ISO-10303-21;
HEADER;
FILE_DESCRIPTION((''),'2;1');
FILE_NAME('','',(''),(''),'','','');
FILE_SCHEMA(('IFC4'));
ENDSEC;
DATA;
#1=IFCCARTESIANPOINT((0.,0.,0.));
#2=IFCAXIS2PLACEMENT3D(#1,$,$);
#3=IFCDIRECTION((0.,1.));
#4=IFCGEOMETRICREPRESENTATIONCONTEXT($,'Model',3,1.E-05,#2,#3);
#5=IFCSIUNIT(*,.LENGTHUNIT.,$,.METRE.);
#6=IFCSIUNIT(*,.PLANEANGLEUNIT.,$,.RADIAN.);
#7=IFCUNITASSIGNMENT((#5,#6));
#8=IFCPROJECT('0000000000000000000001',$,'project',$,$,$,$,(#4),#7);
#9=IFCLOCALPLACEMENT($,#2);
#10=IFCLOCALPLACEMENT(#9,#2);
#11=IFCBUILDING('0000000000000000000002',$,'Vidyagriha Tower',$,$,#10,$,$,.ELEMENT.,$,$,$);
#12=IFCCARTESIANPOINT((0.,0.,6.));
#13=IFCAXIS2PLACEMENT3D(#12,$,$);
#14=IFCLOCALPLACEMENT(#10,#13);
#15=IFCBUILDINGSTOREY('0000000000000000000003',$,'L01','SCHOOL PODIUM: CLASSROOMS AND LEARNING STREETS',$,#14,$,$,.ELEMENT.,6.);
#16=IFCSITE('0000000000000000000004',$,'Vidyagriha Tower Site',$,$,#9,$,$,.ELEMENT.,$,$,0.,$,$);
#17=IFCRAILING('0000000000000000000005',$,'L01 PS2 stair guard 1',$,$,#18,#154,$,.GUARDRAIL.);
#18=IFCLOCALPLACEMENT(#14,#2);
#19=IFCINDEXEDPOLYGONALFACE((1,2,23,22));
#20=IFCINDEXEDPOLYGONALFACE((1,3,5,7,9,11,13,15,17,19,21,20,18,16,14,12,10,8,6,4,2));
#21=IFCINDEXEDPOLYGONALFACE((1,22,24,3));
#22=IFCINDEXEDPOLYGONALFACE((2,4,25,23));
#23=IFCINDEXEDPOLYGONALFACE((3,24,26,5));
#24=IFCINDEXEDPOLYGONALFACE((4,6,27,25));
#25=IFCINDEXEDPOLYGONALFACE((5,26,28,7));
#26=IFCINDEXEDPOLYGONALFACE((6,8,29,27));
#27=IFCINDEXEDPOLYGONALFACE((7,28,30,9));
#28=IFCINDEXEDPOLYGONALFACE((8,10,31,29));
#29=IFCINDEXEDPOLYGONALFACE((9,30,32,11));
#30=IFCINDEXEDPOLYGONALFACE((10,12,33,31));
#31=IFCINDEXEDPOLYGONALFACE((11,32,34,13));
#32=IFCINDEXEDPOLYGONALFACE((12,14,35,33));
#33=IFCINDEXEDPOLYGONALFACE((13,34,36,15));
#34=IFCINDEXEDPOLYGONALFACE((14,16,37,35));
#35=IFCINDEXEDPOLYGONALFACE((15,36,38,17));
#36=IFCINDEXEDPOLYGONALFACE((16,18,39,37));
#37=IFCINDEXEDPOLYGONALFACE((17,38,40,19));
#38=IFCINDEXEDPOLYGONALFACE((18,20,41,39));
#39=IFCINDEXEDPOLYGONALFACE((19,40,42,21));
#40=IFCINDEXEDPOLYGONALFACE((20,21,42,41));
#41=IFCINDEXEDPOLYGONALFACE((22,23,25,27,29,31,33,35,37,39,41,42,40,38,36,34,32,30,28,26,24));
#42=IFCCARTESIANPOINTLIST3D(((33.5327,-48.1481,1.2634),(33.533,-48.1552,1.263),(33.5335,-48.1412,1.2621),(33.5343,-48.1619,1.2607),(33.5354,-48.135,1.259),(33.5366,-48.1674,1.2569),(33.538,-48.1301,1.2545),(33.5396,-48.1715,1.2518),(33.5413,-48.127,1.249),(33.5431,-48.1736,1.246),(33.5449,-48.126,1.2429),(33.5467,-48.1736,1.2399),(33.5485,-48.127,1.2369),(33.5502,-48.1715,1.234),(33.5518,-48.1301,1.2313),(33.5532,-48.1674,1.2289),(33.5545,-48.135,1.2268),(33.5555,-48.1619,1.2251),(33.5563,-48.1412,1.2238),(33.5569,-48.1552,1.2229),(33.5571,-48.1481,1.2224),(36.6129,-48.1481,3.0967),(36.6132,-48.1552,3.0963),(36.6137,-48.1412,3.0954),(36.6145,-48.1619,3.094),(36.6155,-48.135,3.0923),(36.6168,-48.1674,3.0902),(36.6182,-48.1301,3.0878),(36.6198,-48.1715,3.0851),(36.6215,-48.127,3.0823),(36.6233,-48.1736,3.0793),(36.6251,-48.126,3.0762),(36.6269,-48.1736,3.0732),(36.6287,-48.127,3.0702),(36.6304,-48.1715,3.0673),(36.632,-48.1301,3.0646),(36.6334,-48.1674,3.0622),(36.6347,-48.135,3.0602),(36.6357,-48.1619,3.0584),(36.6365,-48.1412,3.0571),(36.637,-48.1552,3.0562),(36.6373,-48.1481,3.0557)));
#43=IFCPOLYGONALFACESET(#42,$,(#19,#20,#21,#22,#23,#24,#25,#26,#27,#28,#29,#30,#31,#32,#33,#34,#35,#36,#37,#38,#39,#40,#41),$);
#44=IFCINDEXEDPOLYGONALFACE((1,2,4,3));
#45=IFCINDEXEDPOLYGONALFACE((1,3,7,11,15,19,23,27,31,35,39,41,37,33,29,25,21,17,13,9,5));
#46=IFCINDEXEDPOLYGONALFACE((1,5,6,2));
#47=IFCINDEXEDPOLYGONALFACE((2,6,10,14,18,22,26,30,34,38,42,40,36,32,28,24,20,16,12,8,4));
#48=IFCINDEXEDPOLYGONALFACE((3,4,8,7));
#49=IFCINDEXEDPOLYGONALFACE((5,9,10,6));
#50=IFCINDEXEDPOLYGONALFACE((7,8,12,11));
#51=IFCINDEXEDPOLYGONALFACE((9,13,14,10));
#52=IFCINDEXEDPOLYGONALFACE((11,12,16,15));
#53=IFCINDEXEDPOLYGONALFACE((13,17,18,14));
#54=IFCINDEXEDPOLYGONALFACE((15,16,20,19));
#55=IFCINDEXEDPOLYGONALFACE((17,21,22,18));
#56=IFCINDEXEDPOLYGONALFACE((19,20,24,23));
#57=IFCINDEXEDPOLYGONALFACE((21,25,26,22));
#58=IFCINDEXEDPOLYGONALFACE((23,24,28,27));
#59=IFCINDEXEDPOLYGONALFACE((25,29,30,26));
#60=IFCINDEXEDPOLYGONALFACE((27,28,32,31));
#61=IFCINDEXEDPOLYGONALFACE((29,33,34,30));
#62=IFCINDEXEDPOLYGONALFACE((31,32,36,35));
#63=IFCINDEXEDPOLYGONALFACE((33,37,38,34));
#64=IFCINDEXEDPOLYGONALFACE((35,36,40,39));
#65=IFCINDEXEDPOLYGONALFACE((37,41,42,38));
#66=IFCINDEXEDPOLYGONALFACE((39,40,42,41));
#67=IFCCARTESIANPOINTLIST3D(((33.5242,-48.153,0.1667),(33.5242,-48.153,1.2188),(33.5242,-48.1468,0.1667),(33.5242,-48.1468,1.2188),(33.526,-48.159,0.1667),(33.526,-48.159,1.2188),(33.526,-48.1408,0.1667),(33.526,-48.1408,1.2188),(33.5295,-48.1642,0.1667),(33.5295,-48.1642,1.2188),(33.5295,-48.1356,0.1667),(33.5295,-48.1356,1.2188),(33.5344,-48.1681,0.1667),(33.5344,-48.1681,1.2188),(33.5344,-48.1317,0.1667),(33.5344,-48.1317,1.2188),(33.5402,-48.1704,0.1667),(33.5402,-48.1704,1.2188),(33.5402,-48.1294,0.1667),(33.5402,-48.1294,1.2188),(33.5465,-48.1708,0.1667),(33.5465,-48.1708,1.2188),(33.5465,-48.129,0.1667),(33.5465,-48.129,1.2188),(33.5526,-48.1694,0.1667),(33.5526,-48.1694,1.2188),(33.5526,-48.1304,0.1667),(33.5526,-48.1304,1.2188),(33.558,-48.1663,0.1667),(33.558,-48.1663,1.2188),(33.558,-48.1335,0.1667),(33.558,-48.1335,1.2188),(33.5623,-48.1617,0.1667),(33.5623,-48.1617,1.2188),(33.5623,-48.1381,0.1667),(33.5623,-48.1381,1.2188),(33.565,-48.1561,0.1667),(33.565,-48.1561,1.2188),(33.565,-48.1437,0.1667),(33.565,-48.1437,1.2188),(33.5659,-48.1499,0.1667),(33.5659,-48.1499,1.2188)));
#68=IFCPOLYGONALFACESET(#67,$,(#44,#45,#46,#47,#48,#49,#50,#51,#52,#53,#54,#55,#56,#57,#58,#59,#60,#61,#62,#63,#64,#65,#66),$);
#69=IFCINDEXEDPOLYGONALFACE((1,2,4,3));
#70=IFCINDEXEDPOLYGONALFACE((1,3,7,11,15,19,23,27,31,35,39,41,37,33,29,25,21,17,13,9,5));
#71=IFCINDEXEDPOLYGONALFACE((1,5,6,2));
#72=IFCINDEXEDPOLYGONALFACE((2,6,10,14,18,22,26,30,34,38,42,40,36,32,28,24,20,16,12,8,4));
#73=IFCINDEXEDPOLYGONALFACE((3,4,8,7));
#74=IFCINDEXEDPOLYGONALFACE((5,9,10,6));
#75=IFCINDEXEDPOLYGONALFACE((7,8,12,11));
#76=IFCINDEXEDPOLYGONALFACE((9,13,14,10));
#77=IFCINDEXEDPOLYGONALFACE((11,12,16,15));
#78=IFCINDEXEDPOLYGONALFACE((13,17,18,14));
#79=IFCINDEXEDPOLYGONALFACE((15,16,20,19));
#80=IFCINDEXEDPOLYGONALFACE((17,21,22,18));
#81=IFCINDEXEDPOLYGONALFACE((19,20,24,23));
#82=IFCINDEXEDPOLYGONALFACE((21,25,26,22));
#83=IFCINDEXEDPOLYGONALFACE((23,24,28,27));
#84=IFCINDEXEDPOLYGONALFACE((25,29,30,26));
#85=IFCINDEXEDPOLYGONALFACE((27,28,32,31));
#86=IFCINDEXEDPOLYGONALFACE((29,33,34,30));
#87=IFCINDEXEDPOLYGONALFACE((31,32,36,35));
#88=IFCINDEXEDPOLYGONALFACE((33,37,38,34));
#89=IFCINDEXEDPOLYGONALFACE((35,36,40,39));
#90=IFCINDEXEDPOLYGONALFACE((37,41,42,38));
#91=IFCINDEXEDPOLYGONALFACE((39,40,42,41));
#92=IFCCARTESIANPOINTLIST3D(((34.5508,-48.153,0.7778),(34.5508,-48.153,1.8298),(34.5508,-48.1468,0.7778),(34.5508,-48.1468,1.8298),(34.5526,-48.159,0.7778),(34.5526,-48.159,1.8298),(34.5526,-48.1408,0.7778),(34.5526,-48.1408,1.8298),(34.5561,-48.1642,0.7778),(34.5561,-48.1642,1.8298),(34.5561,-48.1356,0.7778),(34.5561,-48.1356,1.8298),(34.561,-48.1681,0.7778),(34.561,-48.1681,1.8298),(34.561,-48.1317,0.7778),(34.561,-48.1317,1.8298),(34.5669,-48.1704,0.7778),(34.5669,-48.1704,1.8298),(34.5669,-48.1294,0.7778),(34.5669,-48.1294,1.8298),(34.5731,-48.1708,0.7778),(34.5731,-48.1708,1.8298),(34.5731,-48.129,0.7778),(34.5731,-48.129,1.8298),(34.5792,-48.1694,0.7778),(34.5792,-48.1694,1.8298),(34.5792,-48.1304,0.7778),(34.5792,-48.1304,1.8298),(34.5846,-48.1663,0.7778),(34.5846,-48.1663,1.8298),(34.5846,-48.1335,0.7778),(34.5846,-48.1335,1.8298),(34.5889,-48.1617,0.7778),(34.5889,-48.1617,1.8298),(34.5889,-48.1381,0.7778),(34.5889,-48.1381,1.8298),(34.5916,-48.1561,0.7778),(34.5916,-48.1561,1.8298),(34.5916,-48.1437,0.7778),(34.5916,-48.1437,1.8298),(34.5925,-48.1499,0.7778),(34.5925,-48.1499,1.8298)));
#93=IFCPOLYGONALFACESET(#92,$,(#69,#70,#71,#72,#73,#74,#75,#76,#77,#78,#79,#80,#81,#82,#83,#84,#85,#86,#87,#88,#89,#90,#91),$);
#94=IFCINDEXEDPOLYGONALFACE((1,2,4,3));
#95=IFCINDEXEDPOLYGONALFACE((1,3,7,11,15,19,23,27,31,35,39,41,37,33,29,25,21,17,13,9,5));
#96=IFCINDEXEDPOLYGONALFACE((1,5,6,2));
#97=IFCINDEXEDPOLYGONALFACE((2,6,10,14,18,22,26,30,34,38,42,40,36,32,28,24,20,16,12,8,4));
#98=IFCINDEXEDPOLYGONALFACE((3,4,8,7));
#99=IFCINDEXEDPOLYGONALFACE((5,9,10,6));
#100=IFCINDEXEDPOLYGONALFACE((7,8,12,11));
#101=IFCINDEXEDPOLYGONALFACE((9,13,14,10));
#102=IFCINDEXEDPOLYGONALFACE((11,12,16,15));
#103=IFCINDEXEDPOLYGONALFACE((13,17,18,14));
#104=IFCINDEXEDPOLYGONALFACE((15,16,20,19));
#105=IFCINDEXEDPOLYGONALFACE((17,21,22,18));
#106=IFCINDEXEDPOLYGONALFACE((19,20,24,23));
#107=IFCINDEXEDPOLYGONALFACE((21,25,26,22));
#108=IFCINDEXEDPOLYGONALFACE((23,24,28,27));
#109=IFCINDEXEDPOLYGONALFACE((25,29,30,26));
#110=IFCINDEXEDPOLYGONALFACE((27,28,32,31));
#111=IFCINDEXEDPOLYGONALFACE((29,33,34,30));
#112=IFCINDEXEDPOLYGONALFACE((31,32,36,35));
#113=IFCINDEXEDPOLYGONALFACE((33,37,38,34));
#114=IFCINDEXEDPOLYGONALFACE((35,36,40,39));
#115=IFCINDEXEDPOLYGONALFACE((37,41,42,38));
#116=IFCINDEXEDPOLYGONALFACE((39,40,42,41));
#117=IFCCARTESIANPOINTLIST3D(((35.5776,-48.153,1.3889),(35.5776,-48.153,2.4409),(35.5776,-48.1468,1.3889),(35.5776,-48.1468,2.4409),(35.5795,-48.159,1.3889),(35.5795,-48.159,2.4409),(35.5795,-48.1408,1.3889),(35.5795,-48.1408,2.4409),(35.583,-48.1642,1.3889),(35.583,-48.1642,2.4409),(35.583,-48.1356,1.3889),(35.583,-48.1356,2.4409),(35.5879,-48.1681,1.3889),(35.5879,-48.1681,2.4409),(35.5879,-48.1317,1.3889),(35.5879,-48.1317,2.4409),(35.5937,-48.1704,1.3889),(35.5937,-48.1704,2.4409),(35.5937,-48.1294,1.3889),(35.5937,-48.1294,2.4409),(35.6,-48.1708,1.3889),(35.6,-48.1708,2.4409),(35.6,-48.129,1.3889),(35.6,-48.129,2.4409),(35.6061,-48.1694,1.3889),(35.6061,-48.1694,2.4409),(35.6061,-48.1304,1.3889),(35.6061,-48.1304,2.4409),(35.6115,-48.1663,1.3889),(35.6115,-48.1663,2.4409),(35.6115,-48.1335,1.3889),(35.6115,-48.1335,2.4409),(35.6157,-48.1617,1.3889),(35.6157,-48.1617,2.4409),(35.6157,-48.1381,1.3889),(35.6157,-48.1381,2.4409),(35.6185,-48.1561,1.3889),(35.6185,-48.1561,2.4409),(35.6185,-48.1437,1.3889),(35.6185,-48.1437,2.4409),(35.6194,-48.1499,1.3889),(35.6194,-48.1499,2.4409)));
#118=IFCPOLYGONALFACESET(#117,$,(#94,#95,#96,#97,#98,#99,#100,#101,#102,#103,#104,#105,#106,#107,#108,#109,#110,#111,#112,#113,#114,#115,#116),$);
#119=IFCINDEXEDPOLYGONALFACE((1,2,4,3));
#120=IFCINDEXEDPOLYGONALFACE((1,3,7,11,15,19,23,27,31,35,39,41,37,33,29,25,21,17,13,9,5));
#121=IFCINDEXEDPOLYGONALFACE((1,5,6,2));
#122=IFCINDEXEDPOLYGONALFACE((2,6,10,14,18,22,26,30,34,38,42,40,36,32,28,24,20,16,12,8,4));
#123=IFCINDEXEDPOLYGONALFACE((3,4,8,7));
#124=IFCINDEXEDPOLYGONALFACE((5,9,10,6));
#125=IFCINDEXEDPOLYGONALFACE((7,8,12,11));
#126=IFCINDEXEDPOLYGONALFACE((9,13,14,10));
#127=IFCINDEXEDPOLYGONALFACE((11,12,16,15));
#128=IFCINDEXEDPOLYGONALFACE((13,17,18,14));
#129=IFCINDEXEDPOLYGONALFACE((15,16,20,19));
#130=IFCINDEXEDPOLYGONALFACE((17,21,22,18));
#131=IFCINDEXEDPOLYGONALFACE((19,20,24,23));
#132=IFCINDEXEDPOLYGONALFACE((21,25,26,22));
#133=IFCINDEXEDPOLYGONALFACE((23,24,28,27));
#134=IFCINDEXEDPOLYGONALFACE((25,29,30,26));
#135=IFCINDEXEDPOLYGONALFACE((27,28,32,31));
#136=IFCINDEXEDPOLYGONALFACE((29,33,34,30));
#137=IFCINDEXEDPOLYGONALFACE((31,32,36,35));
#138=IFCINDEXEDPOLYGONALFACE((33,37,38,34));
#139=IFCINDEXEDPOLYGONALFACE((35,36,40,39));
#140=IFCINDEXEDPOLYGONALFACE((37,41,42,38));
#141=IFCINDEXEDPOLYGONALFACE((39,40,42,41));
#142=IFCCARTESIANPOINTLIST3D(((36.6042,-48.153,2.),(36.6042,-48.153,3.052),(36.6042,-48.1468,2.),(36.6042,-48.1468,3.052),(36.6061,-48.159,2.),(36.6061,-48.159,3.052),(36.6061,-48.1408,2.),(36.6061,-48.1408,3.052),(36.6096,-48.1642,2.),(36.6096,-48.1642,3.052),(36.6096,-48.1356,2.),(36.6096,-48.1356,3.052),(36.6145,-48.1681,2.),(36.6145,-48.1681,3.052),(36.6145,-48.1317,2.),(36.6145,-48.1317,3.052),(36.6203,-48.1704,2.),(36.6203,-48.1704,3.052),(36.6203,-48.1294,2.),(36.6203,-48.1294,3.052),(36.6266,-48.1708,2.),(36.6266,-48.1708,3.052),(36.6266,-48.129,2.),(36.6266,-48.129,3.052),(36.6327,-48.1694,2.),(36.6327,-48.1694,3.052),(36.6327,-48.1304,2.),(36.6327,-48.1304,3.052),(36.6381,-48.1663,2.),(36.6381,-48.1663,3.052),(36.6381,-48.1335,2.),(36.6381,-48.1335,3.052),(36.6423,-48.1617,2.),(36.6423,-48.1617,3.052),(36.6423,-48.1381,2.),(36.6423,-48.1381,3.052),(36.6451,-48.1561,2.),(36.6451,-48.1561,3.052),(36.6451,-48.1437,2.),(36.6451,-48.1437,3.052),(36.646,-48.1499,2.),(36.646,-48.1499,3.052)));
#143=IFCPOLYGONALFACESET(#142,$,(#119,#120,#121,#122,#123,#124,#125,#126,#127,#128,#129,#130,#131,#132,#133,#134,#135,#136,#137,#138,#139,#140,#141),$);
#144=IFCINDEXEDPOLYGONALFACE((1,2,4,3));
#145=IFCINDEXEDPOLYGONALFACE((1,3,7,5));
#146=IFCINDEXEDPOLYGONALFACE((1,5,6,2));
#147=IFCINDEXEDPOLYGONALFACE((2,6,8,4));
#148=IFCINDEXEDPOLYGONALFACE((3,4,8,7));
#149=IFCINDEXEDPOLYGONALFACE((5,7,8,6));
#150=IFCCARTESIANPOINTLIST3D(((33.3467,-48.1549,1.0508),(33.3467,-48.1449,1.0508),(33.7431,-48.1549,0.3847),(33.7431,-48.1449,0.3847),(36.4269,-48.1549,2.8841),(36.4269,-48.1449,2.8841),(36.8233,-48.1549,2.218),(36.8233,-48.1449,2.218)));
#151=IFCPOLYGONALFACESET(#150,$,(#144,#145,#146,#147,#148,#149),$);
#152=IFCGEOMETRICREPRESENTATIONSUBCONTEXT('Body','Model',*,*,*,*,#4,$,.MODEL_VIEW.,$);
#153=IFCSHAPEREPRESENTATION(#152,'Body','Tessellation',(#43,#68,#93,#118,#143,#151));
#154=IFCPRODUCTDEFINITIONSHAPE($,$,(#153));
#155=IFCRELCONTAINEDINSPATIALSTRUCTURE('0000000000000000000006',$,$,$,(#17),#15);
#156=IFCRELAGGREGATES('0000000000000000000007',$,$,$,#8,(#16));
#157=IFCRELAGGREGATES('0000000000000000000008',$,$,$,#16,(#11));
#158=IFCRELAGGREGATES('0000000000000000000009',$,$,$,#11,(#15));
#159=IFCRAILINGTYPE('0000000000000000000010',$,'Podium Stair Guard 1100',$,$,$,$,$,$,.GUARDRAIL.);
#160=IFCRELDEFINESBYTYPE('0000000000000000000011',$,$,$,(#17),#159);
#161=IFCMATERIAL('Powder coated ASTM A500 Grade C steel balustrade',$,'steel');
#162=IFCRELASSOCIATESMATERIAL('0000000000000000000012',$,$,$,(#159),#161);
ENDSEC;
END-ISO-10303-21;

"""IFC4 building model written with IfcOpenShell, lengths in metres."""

from ifc_helpers import new_model, si_unit, direction, frame, origin, origin_2d, place, context, subcontext, project, spatial, rectangle, circle, extrude, material, type_object, element, save


model = new_model("IFC4")

# Units and contexts
model_context = context("Model", 3, precision=1e-05, world=origin(), true_north=direction((0.0, 1.0)))
body_context = subcontext(model_context, "Body", "Model", "MODEL_VIEW")
ifc_project = project(units=[si_unit("LENGTHUNIT", "METRE"), si_unit("PLANEANGLEUNIT", "RADIAN")], contexts=[model_context])

# Site, building, storey
site_placement = place(None, origin())
site = spatial("IfcSite", under=ifc_project, at=site_placement, Name="Vidyagriha Tower Site", CompositionType="ELEMENT", RefElevation=0.0)
building_placement = place(site_placement, origin())
building = spatial("IfcBuilding", under=site, at=building_placement, Name="Vidyagriha Tower", CompositionType="ELEMENT")
storey_placement = place(building_placement, frame((0.0, 0.0, 6.0)))
storey = spatial("IfcBuildingStorey", under=building, at=storey_placement, Name="L01", Description="SCHOOL PODIUM: CLASSROOMS AND LEARNING STREETS", CompositionType="ELEMENT", Elevation=6.0)

# Railing
ifc_material_1 = material(Name="Powder coated ASTM A500 Grade C steel balustrade", Category="steel")
railing_type_1 = type_object("IfcRailingType", Name="Podium Stair Guard 1100", PredefinedType="GUARDRAIL", material=ifc_material_1)
railing_1_placement = place(storey_placement, frame((33.5449, -48.1499, 0.1667)))
element("IfcRailing", 1, at=railing_1_placement, inside=storey, type_object=railing_type_1, Name="L01 PS2 stair guard 1", PredefinedType="GUARDRAIL", context=body_context, shape_type="SweptSolid", body=[
    extrude(circle(Radius=0.0239, at=origin_2d()), frame((0.0, 0.0, 1.0762), z_axis=(0.859309, 0.0, 0.511458), x_axis=(0.0, 1.0, 0.0)), (0.0, 0.0, 1.0), 3.5845),
    extrude(circle(Radius=0.021, at=origin_2d()), origin(), (0.0, 0.0, 1.0), 1.052),
    extrude(circle(Radius=0.021, at=origin_2d()), frame((1.0266, 0.0, 0.6111)), (0.0, 0.0, 1.0), 1.052),
    extrude(circle(Radius=0.021, at=origin_2d()), frame((2.0535, 0.0, 1.2222)), (0.0, 0.0, 1.0), 1.052),
    extrude(circle(Radius=0.021, at=origin_2d()), frame((3.0801, 0.0, 1.8333)), (0.0, 0.0, 1.0), 1.052),
    extrude(rectangle(XDim=0.01, YDim=0.7751, at=origin_2d()), frame((0.0, 0.0, 0.551), z_axis=(0.859309, 0.0, 0.511458), x_axis=(0.0, 1.0, 0.0)), (0.0, 0.0, 1.0), 3.5845),
])

save(model, "model.ifc")
